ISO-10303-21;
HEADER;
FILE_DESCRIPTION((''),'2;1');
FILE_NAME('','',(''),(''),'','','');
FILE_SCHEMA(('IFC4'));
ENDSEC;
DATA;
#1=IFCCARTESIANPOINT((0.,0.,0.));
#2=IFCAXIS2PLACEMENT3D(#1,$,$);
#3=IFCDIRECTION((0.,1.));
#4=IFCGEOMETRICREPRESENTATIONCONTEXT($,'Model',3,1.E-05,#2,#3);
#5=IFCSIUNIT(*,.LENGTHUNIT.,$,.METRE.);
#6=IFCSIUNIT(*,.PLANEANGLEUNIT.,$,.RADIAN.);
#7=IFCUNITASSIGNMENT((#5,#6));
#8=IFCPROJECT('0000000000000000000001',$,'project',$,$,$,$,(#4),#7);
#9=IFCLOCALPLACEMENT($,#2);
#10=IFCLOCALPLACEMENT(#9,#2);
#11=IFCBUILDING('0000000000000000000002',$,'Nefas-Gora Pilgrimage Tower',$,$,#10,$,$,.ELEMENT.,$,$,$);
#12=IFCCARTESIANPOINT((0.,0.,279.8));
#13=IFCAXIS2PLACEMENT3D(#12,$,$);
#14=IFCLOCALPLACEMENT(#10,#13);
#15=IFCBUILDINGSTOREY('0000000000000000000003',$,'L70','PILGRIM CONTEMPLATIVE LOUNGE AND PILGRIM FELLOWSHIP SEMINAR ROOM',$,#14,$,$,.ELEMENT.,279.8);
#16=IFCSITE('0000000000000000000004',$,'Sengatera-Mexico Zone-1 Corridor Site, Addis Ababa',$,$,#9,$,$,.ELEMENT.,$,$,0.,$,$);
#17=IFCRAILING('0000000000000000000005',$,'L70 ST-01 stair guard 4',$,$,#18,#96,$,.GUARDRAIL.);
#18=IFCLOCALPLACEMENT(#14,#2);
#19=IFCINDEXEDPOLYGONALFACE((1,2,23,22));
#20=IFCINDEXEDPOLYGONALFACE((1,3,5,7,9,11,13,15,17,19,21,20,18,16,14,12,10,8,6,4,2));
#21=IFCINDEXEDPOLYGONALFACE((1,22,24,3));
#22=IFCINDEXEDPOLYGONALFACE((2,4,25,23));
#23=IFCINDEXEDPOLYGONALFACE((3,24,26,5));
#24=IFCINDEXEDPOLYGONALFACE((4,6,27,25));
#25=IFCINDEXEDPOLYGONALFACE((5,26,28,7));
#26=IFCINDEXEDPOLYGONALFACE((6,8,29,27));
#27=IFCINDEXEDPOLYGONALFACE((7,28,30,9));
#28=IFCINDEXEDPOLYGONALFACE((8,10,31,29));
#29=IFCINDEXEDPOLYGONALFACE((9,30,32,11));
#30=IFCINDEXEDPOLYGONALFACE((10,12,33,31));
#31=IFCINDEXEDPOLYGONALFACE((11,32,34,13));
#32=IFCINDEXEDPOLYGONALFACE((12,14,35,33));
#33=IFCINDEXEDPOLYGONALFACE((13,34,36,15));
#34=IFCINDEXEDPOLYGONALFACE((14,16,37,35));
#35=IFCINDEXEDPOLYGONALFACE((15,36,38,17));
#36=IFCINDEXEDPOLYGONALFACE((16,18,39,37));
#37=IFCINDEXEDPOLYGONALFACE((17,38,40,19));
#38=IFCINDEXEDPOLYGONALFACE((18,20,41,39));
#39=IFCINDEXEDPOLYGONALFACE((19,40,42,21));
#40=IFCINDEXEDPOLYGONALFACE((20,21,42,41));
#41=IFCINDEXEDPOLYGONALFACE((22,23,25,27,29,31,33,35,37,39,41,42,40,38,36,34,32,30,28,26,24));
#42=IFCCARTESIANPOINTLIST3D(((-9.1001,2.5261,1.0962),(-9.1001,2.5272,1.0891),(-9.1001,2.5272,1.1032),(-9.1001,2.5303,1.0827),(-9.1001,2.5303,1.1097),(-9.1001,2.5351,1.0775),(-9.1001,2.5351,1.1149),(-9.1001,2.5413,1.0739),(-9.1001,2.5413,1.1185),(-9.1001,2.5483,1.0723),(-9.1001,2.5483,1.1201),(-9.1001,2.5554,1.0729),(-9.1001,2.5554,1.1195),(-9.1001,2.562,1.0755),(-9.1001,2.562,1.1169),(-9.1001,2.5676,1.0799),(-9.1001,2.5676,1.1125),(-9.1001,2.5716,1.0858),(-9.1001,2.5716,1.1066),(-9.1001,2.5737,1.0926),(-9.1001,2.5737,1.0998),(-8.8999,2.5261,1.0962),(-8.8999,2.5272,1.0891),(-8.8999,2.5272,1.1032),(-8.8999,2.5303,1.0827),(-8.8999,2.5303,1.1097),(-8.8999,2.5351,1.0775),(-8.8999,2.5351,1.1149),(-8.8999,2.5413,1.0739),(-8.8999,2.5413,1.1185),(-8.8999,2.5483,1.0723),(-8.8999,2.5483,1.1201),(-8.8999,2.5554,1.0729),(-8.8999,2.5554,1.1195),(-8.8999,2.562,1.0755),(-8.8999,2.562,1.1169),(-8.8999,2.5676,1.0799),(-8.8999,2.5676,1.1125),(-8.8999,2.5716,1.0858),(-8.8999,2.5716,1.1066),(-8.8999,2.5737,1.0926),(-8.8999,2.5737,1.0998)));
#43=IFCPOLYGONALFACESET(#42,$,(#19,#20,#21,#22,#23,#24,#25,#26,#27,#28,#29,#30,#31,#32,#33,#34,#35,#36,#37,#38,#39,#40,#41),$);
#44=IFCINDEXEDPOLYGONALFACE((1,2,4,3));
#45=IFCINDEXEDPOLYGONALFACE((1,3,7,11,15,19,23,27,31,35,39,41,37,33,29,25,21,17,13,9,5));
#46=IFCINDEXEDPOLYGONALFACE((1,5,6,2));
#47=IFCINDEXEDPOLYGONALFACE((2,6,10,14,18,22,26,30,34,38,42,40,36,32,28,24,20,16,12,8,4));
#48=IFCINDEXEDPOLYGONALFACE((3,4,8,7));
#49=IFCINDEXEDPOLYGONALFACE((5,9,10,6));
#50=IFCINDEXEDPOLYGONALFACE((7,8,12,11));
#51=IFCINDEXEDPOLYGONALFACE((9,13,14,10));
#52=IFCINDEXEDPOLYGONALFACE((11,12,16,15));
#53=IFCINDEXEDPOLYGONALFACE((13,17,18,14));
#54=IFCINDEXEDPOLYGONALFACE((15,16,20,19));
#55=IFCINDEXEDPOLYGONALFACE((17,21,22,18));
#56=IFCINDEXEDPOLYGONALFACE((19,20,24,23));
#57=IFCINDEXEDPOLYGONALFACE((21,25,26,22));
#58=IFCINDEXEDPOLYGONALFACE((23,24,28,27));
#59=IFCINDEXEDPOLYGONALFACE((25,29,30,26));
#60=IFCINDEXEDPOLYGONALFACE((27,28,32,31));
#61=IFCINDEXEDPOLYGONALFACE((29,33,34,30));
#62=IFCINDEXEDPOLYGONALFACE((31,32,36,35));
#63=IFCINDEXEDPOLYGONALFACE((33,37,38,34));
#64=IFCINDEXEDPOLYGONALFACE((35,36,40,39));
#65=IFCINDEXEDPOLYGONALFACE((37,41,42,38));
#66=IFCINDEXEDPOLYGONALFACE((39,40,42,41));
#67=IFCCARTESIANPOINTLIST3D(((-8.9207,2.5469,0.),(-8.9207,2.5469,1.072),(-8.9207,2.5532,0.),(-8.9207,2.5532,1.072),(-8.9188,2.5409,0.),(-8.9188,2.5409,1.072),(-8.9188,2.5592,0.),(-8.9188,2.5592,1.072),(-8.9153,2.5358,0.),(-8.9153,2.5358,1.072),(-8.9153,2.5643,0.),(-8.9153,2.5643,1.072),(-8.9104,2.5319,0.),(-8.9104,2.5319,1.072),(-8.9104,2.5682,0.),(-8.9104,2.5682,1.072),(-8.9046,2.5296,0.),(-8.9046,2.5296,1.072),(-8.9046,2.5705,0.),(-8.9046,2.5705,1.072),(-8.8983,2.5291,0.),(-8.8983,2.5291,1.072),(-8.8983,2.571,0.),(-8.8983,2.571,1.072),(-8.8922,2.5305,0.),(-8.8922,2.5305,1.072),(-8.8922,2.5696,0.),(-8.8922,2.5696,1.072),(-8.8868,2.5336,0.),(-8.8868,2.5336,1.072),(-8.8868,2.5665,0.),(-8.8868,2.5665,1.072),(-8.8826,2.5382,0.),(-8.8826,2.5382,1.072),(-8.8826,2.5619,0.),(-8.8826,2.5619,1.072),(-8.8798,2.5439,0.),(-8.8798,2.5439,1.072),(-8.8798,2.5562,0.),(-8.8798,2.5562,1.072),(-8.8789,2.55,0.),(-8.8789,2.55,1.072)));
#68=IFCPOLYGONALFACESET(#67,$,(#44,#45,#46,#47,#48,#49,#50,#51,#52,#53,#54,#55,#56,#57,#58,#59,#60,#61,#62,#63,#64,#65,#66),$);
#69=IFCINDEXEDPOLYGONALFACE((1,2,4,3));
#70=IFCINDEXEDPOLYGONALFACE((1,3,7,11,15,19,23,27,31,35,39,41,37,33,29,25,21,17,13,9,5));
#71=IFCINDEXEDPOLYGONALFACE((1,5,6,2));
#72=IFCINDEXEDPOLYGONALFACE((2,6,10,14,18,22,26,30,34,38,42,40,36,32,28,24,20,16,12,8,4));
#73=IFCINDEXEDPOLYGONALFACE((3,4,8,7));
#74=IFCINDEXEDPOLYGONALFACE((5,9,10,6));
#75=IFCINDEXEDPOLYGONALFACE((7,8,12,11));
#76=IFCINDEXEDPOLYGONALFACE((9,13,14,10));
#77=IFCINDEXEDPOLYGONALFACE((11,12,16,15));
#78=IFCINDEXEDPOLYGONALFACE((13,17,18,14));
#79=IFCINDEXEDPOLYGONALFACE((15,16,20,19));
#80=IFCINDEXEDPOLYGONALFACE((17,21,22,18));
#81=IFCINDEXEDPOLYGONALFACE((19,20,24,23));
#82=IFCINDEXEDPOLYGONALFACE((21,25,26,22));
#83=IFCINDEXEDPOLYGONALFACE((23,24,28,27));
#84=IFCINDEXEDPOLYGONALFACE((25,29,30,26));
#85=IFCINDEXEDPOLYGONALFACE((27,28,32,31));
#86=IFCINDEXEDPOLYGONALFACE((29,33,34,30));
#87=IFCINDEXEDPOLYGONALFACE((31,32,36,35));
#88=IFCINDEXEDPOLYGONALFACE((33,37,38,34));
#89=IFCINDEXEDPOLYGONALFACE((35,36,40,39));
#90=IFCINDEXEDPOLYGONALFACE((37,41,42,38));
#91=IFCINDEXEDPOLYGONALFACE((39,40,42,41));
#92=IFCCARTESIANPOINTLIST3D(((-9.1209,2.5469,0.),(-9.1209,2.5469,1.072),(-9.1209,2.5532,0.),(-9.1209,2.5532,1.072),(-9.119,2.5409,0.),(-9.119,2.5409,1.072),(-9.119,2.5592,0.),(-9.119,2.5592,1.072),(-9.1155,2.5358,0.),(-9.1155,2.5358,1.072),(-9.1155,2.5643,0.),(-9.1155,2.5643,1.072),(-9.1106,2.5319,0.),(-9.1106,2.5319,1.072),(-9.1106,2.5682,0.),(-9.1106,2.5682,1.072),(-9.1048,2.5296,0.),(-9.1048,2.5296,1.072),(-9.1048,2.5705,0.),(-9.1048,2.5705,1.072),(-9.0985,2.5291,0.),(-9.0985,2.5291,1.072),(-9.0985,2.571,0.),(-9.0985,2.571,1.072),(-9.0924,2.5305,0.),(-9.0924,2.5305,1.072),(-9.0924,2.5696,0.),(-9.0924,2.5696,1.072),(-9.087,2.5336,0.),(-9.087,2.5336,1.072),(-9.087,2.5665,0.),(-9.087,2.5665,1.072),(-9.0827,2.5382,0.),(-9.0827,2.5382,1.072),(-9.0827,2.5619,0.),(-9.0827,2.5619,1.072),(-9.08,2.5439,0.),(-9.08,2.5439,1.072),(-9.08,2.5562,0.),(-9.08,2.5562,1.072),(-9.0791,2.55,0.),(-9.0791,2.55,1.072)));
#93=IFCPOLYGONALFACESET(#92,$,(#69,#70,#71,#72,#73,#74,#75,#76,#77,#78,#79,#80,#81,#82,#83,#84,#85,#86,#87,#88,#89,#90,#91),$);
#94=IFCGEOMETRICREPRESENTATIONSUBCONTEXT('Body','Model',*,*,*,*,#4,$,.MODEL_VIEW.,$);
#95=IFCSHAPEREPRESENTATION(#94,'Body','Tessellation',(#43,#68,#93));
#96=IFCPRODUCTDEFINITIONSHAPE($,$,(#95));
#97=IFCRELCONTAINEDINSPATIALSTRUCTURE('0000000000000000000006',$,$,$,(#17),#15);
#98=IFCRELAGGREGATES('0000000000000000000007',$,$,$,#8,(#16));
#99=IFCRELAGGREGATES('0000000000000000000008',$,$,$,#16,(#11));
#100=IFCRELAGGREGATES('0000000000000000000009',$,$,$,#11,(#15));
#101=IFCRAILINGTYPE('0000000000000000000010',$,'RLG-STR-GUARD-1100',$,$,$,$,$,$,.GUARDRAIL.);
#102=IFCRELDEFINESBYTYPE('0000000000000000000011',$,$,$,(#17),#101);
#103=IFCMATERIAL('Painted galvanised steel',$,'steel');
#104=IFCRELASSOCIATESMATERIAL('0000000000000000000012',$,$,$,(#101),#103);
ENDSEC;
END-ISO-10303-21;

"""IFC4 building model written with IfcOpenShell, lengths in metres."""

from ifc_helpers import new_model, si_unit, direction, frame, origin, origin_2d, place, context, subcontext, project, spatial, circle, extrude, material, type_object, element, save


model = new_model("IFC4")

# Units and contexts
model_context = context("Model", 3, precision=1e-05, world=origin(), true_north=direction((0.0, 1.0)))
body_context = subcontext(model_context, "Body", "Model", "MODEL_VIEW")
ifc_project = project(units=[si_unit("LENGTHUNIT", "METRE"), si_unit("PLANEANGLEUNIT", "RADIAN")], contexts=[model_context])

# Site, building, storey
site_placement = place(None, origin())
site = spatial("IfcSite", under=ifc_project, at=site_placement, Name="Sengatera-Mexico Zone-1 Corridor Site, Addis Ababa", CompositionType="ELEMENT", RefElevation=0.0)
building_placement = place(site_placement, origin())
building = spatial("IfcBuilding", under=site, at=building_placement, Name="Nefas-Gora Pilgrimage Tower", CompositionType="ELEMENT")
storey_placement = place(building_placement, frame((0.0, 0.0, 279.8)))
storey = spatial("IfcBuildingStorey", under=building, at=storey_placement, Name="L70", Description="PILGRIM CONTEMPLATIVE LOUNGE AND PILGRIM FELLOWSHIP SEMINAR ROOM", CompositionType="ELEMENT", Elevation=279.8)

# Railing
ifc_material_1 = material(Name="Painted galvanised steel", Category="steel")
railing_type_1 = type_object("IfcRailingType", Name="RLG-STR-GUARD-1100", PredefinedType="GUARDRAIL", material=ifc_material_1)
railing_1_placement = place(storey_placement, frame((-8.8999, 2.55, 0.0)))
element("IfcRailing", 1, at=railing_1_placement, inside=storey, type_object=railing_type_1, Name="L70 ST-01 stair guard 4", PredefinedType="GUARDRAIL", context=body_context, shape_type="SweptSolid", body=[
    extrude(circle(Radius=0.0239, at=origin_2d()), frame((0.0, 0.0, 1.0962), z_axis=(-1.0, 0.0, 0.0), x_axis=(0.0, -1.0, 0.0)), (0.0, 0.0, 1.0), 0.2002),
    extrude(circle(Radius=0.021, at=origin_2d()), origin(), (0.0, 0.0, 1.0), 1.072),
    extrude(circle(Radius=0.021, at=origin_2d()), frame((-0.2002, 0.0, 0.0)), (0.0, 0.0, 1.0), 1.072),
])

save(model, "model.ifc")
